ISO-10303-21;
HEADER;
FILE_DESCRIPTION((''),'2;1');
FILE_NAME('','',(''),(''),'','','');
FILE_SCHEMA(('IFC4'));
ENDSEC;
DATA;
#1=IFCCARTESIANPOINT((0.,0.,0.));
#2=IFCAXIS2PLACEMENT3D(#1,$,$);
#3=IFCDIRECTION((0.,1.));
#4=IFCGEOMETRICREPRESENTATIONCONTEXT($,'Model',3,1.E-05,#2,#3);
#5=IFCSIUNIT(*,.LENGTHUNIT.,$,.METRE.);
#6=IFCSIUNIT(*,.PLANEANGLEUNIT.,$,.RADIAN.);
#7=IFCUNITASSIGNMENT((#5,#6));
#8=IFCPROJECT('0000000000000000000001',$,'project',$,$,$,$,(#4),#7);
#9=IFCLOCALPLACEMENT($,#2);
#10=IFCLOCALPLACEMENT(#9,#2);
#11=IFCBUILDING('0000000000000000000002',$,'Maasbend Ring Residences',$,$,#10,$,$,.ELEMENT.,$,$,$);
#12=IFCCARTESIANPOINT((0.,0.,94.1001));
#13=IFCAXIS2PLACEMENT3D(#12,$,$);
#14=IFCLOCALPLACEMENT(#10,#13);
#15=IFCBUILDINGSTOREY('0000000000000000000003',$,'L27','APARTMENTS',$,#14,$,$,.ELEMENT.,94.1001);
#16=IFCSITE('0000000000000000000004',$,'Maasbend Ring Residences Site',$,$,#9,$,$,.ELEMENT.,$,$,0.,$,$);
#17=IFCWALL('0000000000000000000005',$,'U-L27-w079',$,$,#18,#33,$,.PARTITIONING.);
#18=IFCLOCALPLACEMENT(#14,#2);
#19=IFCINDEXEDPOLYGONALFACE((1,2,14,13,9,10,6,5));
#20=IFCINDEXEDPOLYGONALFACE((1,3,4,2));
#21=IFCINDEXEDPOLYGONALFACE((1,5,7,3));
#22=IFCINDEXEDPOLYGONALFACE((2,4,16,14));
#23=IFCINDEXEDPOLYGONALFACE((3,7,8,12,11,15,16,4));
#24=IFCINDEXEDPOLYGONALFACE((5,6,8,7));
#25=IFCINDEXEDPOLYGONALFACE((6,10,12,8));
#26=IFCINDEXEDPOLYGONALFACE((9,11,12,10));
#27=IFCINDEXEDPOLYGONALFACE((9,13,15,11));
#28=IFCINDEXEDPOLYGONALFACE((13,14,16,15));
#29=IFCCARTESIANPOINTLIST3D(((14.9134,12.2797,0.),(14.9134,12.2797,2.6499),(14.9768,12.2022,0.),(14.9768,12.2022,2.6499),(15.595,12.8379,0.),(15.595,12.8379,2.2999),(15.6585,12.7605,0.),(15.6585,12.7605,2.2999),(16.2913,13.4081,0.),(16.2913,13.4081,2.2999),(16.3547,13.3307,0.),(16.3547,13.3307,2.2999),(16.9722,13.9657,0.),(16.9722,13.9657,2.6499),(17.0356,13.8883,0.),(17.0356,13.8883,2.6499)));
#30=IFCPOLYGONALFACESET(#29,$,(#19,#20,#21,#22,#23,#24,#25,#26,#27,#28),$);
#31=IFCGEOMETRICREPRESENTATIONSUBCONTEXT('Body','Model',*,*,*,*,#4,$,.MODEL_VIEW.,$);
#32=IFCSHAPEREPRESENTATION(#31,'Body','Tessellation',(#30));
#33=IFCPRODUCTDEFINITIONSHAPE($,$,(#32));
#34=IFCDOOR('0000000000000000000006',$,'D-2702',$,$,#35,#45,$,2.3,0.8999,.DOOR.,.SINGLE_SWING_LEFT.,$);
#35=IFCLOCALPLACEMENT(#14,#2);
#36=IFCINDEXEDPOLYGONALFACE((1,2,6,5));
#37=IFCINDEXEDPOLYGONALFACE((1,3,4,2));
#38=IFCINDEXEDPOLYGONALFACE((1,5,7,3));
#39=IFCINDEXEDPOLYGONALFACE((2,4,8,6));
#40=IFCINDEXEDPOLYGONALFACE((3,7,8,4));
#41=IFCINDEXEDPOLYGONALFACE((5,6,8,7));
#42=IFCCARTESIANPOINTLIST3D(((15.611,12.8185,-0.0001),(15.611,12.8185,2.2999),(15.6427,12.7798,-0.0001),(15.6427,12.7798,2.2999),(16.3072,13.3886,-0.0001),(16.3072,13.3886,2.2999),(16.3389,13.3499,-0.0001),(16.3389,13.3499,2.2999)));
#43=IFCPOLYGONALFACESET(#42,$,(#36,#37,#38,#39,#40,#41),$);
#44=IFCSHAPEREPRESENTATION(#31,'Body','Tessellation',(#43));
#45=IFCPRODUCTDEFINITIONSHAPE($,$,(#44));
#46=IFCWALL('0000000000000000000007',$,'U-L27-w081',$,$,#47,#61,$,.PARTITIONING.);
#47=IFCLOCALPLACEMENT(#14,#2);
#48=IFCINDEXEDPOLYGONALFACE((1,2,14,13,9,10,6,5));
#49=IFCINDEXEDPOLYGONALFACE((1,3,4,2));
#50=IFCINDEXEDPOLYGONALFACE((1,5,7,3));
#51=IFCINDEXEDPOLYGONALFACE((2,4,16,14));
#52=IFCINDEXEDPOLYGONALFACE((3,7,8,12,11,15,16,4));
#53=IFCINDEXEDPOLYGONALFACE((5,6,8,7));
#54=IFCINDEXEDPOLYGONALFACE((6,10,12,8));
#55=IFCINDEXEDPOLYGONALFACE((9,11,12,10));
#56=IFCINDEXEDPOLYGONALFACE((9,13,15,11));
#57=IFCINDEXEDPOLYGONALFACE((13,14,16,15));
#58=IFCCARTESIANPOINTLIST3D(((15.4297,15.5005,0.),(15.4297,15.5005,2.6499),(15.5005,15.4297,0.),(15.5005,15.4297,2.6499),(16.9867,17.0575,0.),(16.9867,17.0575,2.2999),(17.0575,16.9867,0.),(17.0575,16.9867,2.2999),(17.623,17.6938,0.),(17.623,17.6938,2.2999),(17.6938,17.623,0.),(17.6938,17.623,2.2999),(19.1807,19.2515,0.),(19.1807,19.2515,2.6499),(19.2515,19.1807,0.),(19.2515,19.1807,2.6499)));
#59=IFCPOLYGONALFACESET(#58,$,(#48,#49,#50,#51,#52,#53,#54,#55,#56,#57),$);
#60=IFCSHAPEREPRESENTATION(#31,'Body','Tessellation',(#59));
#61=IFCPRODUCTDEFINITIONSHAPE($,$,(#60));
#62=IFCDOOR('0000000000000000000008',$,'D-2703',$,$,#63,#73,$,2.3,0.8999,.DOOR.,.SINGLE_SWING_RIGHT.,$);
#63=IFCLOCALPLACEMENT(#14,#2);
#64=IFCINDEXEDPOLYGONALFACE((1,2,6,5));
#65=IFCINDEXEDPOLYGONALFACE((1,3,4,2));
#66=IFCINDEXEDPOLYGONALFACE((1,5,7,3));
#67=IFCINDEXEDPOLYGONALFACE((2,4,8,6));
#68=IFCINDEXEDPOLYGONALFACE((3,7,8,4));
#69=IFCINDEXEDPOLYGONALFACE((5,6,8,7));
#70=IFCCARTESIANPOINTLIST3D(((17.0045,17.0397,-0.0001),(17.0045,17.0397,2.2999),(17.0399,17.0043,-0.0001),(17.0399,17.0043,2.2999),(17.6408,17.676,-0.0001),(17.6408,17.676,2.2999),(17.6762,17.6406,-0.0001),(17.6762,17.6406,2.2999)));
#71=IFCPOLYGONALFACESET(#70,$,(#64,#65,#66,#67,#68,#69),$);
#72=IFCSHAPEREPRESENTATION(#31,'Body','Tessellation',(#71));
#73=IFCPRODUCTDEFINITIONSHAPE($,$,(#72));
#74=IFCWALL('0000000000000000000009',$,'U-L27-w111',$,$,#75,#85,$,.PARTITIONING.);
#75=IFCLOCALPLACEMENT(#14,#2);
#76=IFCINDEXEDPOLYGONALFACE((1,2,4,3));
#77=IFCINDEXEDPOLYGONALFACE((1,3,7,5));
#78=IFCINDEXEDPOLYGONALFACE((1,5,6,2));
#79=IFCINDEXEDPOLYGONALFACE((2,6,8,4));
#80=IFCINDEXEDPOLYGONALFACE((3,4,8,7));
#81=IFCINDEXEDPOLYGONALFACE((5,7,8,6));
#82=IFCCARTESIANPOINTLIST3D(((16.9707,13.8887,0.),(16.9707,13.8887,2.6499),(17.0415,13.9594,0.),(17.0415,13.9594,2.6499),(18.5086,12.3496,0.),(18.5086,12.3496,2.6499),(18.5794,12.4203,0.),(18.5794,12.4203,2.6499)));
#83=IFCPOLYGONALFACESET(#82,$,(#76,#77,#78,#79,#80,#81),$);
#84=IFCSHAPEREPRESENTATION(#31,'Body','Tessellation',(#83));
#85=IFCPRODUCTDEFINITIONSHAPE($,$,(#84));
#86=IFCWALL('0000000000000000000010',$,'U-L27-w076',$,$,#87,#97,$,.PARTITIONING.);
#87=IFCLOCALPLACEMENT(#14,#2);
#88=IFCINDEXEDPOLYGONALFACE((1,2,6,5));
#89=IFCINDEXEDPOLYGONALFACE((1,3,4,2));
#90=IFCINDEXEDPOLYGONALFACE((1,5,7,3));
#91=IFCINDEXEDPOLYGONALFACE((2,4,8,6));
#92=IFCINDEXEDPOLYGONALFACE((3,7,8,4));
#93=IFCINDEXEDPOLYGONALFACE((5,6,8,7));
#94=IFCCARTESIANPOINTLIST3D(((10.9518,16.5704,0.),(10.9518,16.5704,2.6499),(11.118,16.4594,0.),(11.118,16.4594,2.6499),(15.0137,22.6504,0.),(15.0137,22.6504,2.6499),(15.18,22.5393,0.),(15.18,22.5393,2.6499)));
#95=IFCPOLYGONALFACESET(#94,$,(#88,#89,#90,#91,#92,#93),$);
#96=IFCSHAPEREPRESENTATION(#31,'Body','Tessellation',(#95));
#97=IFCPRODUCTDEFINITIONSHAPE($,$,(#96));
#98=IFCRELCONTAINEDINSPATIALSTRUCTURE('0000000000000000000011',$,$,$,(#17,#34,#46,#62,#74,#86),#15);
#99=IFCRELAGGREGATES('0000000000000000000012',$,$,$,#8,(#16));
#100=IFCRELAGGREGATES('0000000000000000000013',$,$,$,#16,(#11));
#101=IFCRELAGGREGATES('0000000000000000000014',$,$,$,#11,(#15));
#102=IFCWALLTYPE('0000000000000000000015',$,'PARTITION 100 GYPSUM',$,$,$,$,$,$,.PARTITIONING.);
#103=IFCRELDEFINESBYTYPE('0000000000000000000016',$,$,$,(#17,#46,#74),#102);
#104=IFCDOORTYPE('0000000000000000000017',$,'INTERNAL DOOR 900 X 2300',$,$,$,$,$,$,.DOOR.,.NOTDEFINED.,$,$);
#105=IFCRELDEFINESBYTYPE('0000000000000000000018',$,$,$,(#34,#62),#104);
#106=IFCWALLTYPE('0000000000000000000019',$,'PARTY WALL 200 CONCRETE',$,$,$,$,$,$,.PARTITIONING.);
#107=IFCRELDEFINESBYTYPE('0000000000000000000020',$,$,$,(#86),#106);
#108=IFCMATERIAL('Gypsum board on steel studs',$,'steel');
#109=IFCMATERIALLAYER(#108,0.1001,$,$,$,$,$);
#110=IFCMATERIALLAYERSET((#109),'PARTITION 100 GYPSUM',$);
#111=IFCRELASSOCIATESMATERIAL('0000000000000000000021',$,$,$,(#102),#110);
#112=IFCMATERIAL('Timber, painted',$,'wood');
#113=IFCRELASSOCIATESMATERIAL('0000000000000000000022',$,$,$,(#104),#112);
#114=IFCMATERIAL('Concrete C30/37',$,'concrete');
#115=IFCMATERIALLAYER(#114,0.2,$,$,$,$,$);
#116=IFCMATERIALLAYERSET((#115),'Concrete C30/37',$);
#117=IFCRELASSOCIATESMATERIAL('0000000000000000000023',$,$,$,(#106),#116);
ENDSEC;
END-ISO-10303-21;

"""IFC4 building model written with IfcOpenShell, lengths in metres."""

from ifc_helpers import new_model, si_unit, direction, frame, frame_2d, origin, place, context, subcontext, project, spatial, rectangle, extrude, material, layer, layer_set, type_object, element, fill, save


model = new_model("IFC4")

# Units and contexts
model_context = context("Model", 3, precision=1e-05, world=origin(), true_north=direction((0.0, 1.0)))
body_context = subcontext(model_context, "Body", "Model", "MODEL_VIEW")
ifc_project = project(units=[si_unit("LENGTHUNIT", "METRE"), si_unit("PLANEANGLEUNIT", "RADIAN")], contexts=[model_context])

# Site, building, storey
site_placement = place(None, origin())
site = spatial("IfcSite", under=ifc_project, at=site_placement, Name="Maasbend Ring Residences Site", CompositionType="ELEMENT", RefElevation=0.0)
building_placement = place(site_placement, origin())
building = spatial("IfcBuilding", under=site, at=building_placement, Name="Maasbend Ring Residences", CompositionType="ELEMENT")
storey_placement = place(building_placement, frame((0.0, 0.0, 94.1001)))
storey = spatial("IfcBuildingStorey", under=building, at=storey_placement, Name="L27", Description="APARTMENTS", CompositionType="ELEMENT", Elevation=94.1001)

# Shared definitions
ifc_material_1 = material(Name="Gypsum board on steel studs", Category="steel")
ifc_layer_1 = layer(ifc_material_1, 0.1001)
ifc_layer_set_1 = layer_set([ifc_layer_1], Name="PARTITION 100 GYPSUM")
wall_type_1 = type_object("IfcWallType", Name="PARTITION 100 GYPSUM", PredefinedType="PARTITIONING", material=ifc_layer_set_1)

# Walls, openings, doors
wall_1_placement = place(storey_placement, frame((14.9451, 12.241, 0.0), z_axis=(0.0, 0.0, 1.0), x_axis=(0.773675, 0.633582, 0.0)))
wall_1 = element("IfcWall", 1, at=wall_1_placement, inside=storey, type_object=wall_type_1, Name="U-L27-w079", PredefinedType="PARTITIONING", context=body_context, shape_type="SweptSolid", body=[
    extrude(rectangle(XDim=2.6611, YDim=0.1001, at=frame_2d((1.3306, 0.0))), origin(), (0.0, 0.0, 1.0), 2.6499),
])
opening_1_placement = place(wall_1_placement, frame((0.8811, 0.0, 0.0)))
opening_1 = element("IfcOpeningElement", 2, at=opening_1_placement, cuts=wall_1, PredefinedType="OPENING", context=body_context, shape_type="SweptSolid", body=[
    extrude(rectangle(XDim=0.8999, YDim=2.3, at=frame_2d((0.45, 1.1499))), frame((0.0, 0.0601, 0.0), z_axis=(0.0, -1.0, 0.0), x_axis=(1.0, 0.0, 0.0)), (0.0, 0.0, 1.0), 0.1201),
])
ifc_material_2 = material(Name="Timber, painted", Category="wood")
door_type_1 = type_object("IfcDoorType", Name="INTERNAL DOOR 900 X 2300", OperationType="NOTDEFINED", PredefinedType="DOOR", material=ifc_material_2)
door_1_placement = place(opening_1_placement, origin())
door_1 = element("IfcDoor", 3, at=door_1_placement, inside=storey, type_object=door_type_1, Name="D-2702", OperationType="SINGLE_SWING_LEFT", OverallHeight=2.3, OverallWidth=0.8999, PredefinedType="DOOR", context=body_context, shape_type="SweptSolid", body=[
    extrude(rectangle(XDim=0.8999, YDim=2.3, at=frame_2d((0.45, 1.1499))), frame((0.0, 0.0249, 0.0), z_axis=(0.0, -1.0, 0.0), x_axis=(1.0, 0.0, 0.0)), (0.0, 0.0, 1.0), 0.05),
])
fill(opening_1, door_1)
wall_2_placement = place(storey_placement, frame((15.4651, 15.4651, 0.0), z_axis=(0.0, 0.0, 1.0), x_axis=(0.707107, 0.707107, 0.0)))
wall_2 = element("IfcWall", 4, at=wall_2_placement, inside=storey, type_object=wall_type_1, Name="U-L27-w081", PredefinedType="PARTITIONING", context=body_context, shape_type="SweptSolid", body=[
    extrude(rectangle(XDim=5.3047, YDim=0.1001, at=frame_2d((2.6523, 0.0))), origin(), (0.0, 0.0, 1.0), 2.6499),
])
opening_2_placement = place(wall_2_placement, frame((2.2019, 0.0, 0.0)))
opening_2 = element("IfcOpeningElement", 5, at=opening_2_placement, cuts=wall_2, PredefinedType="OPENING", context=body_context, shape_type="SweptSolid", body=[
    extrude(rectangle(XDim=0.8999, YDim=2.3, at=frame_2d((0.45, 1.1499))), frame((0.0, 0.0601, 0.0), z_axis=(0.0, -1.0, 0.0), x_axis=(1.0, 0.0, 0.0)), (0.0, 0.0, 1.0), 0.1201),
])
door_2_placement = place(opening_2_placement, origin())
door_2 = element("IfcDoor", 6, at=door_2_placement, inside=storey, type_object=door_type_1, Name="D-2703", OperationType="SINGLE_SWING_RIGHT", OverallHeight=2.3, OverallWidth=0.8999, PredefinedType="DOOR", context=body_context, shape_type="SweptSolid", body=[
    extrude(rectangle(XDim=0.8999, YDim=2.3, at=frame_2d((0.45, 1.1499))), frame((0.0, 0.0249, 0.0), z_axis=(0.0, -1.0, 0.0), x_axis=(1.0, 0.0, 0.0)), (0.0, 0.0, 1.0), 0.05),
])
fill(opening_2, door_2)

# Walls
wall_3_placement = place(storey_placement, frame((17.0061, 13.9241, 0.0), z_axis=(0.0, 0.0, 1.0), x_axis=(0.706826, -0.707387, 0.0)))
element("IfcWall", 7, at=wall_3_placement, inside=storey, type_object=wall_type_1, Name="U-L27-w111", PredefinedType="PARTITIONING", context=body_context, shape_type="SweptSolid", body=[
    extrude(rectangle(XDim=2.1758, YDim=0.1001, at=frame_2d((1.0879, 0.0))), origin(), (0.0, 0.0, 1.0), 2.6499),
])
ifc_material_3 = material(Name="Concrete C30/37", Category="concrete")
ifc_layer_2 = layer(ifc_material_3, 0.2)
ifc_layer_set_2 = layer_set([ifc_layer_2], Name="Concrete C30/37")
wall_type_2 = type_object("IfcWallType", Name="PARTY WALL 200 CONCRETE", PredefinedType="PARTITIONING", material=ifc_layer_set_2)
wall_4_placement = place(storey_placement, frame((11.0349, 16.5149, 0.0), z_axis=(0.0, 0.0, 1.0), x_axis=(0.555517, 0.831505, 0.0)))
element("IfcWall", 8, at=wall_4_placement, inside=storey, type_object=wall_type_2, Name="U-L27-w076", PredefinedType="PARTITIONING", context=body_context, shape_type="SweptSolid", body=[
    extrude(rectangle(XDim=7.312, YDim=0.2, at=frame_2d((3.656, 0.0))), origin(), (0.0, 0.0, 1.0), 2.6499),
])

save(model, "model.ifc")
